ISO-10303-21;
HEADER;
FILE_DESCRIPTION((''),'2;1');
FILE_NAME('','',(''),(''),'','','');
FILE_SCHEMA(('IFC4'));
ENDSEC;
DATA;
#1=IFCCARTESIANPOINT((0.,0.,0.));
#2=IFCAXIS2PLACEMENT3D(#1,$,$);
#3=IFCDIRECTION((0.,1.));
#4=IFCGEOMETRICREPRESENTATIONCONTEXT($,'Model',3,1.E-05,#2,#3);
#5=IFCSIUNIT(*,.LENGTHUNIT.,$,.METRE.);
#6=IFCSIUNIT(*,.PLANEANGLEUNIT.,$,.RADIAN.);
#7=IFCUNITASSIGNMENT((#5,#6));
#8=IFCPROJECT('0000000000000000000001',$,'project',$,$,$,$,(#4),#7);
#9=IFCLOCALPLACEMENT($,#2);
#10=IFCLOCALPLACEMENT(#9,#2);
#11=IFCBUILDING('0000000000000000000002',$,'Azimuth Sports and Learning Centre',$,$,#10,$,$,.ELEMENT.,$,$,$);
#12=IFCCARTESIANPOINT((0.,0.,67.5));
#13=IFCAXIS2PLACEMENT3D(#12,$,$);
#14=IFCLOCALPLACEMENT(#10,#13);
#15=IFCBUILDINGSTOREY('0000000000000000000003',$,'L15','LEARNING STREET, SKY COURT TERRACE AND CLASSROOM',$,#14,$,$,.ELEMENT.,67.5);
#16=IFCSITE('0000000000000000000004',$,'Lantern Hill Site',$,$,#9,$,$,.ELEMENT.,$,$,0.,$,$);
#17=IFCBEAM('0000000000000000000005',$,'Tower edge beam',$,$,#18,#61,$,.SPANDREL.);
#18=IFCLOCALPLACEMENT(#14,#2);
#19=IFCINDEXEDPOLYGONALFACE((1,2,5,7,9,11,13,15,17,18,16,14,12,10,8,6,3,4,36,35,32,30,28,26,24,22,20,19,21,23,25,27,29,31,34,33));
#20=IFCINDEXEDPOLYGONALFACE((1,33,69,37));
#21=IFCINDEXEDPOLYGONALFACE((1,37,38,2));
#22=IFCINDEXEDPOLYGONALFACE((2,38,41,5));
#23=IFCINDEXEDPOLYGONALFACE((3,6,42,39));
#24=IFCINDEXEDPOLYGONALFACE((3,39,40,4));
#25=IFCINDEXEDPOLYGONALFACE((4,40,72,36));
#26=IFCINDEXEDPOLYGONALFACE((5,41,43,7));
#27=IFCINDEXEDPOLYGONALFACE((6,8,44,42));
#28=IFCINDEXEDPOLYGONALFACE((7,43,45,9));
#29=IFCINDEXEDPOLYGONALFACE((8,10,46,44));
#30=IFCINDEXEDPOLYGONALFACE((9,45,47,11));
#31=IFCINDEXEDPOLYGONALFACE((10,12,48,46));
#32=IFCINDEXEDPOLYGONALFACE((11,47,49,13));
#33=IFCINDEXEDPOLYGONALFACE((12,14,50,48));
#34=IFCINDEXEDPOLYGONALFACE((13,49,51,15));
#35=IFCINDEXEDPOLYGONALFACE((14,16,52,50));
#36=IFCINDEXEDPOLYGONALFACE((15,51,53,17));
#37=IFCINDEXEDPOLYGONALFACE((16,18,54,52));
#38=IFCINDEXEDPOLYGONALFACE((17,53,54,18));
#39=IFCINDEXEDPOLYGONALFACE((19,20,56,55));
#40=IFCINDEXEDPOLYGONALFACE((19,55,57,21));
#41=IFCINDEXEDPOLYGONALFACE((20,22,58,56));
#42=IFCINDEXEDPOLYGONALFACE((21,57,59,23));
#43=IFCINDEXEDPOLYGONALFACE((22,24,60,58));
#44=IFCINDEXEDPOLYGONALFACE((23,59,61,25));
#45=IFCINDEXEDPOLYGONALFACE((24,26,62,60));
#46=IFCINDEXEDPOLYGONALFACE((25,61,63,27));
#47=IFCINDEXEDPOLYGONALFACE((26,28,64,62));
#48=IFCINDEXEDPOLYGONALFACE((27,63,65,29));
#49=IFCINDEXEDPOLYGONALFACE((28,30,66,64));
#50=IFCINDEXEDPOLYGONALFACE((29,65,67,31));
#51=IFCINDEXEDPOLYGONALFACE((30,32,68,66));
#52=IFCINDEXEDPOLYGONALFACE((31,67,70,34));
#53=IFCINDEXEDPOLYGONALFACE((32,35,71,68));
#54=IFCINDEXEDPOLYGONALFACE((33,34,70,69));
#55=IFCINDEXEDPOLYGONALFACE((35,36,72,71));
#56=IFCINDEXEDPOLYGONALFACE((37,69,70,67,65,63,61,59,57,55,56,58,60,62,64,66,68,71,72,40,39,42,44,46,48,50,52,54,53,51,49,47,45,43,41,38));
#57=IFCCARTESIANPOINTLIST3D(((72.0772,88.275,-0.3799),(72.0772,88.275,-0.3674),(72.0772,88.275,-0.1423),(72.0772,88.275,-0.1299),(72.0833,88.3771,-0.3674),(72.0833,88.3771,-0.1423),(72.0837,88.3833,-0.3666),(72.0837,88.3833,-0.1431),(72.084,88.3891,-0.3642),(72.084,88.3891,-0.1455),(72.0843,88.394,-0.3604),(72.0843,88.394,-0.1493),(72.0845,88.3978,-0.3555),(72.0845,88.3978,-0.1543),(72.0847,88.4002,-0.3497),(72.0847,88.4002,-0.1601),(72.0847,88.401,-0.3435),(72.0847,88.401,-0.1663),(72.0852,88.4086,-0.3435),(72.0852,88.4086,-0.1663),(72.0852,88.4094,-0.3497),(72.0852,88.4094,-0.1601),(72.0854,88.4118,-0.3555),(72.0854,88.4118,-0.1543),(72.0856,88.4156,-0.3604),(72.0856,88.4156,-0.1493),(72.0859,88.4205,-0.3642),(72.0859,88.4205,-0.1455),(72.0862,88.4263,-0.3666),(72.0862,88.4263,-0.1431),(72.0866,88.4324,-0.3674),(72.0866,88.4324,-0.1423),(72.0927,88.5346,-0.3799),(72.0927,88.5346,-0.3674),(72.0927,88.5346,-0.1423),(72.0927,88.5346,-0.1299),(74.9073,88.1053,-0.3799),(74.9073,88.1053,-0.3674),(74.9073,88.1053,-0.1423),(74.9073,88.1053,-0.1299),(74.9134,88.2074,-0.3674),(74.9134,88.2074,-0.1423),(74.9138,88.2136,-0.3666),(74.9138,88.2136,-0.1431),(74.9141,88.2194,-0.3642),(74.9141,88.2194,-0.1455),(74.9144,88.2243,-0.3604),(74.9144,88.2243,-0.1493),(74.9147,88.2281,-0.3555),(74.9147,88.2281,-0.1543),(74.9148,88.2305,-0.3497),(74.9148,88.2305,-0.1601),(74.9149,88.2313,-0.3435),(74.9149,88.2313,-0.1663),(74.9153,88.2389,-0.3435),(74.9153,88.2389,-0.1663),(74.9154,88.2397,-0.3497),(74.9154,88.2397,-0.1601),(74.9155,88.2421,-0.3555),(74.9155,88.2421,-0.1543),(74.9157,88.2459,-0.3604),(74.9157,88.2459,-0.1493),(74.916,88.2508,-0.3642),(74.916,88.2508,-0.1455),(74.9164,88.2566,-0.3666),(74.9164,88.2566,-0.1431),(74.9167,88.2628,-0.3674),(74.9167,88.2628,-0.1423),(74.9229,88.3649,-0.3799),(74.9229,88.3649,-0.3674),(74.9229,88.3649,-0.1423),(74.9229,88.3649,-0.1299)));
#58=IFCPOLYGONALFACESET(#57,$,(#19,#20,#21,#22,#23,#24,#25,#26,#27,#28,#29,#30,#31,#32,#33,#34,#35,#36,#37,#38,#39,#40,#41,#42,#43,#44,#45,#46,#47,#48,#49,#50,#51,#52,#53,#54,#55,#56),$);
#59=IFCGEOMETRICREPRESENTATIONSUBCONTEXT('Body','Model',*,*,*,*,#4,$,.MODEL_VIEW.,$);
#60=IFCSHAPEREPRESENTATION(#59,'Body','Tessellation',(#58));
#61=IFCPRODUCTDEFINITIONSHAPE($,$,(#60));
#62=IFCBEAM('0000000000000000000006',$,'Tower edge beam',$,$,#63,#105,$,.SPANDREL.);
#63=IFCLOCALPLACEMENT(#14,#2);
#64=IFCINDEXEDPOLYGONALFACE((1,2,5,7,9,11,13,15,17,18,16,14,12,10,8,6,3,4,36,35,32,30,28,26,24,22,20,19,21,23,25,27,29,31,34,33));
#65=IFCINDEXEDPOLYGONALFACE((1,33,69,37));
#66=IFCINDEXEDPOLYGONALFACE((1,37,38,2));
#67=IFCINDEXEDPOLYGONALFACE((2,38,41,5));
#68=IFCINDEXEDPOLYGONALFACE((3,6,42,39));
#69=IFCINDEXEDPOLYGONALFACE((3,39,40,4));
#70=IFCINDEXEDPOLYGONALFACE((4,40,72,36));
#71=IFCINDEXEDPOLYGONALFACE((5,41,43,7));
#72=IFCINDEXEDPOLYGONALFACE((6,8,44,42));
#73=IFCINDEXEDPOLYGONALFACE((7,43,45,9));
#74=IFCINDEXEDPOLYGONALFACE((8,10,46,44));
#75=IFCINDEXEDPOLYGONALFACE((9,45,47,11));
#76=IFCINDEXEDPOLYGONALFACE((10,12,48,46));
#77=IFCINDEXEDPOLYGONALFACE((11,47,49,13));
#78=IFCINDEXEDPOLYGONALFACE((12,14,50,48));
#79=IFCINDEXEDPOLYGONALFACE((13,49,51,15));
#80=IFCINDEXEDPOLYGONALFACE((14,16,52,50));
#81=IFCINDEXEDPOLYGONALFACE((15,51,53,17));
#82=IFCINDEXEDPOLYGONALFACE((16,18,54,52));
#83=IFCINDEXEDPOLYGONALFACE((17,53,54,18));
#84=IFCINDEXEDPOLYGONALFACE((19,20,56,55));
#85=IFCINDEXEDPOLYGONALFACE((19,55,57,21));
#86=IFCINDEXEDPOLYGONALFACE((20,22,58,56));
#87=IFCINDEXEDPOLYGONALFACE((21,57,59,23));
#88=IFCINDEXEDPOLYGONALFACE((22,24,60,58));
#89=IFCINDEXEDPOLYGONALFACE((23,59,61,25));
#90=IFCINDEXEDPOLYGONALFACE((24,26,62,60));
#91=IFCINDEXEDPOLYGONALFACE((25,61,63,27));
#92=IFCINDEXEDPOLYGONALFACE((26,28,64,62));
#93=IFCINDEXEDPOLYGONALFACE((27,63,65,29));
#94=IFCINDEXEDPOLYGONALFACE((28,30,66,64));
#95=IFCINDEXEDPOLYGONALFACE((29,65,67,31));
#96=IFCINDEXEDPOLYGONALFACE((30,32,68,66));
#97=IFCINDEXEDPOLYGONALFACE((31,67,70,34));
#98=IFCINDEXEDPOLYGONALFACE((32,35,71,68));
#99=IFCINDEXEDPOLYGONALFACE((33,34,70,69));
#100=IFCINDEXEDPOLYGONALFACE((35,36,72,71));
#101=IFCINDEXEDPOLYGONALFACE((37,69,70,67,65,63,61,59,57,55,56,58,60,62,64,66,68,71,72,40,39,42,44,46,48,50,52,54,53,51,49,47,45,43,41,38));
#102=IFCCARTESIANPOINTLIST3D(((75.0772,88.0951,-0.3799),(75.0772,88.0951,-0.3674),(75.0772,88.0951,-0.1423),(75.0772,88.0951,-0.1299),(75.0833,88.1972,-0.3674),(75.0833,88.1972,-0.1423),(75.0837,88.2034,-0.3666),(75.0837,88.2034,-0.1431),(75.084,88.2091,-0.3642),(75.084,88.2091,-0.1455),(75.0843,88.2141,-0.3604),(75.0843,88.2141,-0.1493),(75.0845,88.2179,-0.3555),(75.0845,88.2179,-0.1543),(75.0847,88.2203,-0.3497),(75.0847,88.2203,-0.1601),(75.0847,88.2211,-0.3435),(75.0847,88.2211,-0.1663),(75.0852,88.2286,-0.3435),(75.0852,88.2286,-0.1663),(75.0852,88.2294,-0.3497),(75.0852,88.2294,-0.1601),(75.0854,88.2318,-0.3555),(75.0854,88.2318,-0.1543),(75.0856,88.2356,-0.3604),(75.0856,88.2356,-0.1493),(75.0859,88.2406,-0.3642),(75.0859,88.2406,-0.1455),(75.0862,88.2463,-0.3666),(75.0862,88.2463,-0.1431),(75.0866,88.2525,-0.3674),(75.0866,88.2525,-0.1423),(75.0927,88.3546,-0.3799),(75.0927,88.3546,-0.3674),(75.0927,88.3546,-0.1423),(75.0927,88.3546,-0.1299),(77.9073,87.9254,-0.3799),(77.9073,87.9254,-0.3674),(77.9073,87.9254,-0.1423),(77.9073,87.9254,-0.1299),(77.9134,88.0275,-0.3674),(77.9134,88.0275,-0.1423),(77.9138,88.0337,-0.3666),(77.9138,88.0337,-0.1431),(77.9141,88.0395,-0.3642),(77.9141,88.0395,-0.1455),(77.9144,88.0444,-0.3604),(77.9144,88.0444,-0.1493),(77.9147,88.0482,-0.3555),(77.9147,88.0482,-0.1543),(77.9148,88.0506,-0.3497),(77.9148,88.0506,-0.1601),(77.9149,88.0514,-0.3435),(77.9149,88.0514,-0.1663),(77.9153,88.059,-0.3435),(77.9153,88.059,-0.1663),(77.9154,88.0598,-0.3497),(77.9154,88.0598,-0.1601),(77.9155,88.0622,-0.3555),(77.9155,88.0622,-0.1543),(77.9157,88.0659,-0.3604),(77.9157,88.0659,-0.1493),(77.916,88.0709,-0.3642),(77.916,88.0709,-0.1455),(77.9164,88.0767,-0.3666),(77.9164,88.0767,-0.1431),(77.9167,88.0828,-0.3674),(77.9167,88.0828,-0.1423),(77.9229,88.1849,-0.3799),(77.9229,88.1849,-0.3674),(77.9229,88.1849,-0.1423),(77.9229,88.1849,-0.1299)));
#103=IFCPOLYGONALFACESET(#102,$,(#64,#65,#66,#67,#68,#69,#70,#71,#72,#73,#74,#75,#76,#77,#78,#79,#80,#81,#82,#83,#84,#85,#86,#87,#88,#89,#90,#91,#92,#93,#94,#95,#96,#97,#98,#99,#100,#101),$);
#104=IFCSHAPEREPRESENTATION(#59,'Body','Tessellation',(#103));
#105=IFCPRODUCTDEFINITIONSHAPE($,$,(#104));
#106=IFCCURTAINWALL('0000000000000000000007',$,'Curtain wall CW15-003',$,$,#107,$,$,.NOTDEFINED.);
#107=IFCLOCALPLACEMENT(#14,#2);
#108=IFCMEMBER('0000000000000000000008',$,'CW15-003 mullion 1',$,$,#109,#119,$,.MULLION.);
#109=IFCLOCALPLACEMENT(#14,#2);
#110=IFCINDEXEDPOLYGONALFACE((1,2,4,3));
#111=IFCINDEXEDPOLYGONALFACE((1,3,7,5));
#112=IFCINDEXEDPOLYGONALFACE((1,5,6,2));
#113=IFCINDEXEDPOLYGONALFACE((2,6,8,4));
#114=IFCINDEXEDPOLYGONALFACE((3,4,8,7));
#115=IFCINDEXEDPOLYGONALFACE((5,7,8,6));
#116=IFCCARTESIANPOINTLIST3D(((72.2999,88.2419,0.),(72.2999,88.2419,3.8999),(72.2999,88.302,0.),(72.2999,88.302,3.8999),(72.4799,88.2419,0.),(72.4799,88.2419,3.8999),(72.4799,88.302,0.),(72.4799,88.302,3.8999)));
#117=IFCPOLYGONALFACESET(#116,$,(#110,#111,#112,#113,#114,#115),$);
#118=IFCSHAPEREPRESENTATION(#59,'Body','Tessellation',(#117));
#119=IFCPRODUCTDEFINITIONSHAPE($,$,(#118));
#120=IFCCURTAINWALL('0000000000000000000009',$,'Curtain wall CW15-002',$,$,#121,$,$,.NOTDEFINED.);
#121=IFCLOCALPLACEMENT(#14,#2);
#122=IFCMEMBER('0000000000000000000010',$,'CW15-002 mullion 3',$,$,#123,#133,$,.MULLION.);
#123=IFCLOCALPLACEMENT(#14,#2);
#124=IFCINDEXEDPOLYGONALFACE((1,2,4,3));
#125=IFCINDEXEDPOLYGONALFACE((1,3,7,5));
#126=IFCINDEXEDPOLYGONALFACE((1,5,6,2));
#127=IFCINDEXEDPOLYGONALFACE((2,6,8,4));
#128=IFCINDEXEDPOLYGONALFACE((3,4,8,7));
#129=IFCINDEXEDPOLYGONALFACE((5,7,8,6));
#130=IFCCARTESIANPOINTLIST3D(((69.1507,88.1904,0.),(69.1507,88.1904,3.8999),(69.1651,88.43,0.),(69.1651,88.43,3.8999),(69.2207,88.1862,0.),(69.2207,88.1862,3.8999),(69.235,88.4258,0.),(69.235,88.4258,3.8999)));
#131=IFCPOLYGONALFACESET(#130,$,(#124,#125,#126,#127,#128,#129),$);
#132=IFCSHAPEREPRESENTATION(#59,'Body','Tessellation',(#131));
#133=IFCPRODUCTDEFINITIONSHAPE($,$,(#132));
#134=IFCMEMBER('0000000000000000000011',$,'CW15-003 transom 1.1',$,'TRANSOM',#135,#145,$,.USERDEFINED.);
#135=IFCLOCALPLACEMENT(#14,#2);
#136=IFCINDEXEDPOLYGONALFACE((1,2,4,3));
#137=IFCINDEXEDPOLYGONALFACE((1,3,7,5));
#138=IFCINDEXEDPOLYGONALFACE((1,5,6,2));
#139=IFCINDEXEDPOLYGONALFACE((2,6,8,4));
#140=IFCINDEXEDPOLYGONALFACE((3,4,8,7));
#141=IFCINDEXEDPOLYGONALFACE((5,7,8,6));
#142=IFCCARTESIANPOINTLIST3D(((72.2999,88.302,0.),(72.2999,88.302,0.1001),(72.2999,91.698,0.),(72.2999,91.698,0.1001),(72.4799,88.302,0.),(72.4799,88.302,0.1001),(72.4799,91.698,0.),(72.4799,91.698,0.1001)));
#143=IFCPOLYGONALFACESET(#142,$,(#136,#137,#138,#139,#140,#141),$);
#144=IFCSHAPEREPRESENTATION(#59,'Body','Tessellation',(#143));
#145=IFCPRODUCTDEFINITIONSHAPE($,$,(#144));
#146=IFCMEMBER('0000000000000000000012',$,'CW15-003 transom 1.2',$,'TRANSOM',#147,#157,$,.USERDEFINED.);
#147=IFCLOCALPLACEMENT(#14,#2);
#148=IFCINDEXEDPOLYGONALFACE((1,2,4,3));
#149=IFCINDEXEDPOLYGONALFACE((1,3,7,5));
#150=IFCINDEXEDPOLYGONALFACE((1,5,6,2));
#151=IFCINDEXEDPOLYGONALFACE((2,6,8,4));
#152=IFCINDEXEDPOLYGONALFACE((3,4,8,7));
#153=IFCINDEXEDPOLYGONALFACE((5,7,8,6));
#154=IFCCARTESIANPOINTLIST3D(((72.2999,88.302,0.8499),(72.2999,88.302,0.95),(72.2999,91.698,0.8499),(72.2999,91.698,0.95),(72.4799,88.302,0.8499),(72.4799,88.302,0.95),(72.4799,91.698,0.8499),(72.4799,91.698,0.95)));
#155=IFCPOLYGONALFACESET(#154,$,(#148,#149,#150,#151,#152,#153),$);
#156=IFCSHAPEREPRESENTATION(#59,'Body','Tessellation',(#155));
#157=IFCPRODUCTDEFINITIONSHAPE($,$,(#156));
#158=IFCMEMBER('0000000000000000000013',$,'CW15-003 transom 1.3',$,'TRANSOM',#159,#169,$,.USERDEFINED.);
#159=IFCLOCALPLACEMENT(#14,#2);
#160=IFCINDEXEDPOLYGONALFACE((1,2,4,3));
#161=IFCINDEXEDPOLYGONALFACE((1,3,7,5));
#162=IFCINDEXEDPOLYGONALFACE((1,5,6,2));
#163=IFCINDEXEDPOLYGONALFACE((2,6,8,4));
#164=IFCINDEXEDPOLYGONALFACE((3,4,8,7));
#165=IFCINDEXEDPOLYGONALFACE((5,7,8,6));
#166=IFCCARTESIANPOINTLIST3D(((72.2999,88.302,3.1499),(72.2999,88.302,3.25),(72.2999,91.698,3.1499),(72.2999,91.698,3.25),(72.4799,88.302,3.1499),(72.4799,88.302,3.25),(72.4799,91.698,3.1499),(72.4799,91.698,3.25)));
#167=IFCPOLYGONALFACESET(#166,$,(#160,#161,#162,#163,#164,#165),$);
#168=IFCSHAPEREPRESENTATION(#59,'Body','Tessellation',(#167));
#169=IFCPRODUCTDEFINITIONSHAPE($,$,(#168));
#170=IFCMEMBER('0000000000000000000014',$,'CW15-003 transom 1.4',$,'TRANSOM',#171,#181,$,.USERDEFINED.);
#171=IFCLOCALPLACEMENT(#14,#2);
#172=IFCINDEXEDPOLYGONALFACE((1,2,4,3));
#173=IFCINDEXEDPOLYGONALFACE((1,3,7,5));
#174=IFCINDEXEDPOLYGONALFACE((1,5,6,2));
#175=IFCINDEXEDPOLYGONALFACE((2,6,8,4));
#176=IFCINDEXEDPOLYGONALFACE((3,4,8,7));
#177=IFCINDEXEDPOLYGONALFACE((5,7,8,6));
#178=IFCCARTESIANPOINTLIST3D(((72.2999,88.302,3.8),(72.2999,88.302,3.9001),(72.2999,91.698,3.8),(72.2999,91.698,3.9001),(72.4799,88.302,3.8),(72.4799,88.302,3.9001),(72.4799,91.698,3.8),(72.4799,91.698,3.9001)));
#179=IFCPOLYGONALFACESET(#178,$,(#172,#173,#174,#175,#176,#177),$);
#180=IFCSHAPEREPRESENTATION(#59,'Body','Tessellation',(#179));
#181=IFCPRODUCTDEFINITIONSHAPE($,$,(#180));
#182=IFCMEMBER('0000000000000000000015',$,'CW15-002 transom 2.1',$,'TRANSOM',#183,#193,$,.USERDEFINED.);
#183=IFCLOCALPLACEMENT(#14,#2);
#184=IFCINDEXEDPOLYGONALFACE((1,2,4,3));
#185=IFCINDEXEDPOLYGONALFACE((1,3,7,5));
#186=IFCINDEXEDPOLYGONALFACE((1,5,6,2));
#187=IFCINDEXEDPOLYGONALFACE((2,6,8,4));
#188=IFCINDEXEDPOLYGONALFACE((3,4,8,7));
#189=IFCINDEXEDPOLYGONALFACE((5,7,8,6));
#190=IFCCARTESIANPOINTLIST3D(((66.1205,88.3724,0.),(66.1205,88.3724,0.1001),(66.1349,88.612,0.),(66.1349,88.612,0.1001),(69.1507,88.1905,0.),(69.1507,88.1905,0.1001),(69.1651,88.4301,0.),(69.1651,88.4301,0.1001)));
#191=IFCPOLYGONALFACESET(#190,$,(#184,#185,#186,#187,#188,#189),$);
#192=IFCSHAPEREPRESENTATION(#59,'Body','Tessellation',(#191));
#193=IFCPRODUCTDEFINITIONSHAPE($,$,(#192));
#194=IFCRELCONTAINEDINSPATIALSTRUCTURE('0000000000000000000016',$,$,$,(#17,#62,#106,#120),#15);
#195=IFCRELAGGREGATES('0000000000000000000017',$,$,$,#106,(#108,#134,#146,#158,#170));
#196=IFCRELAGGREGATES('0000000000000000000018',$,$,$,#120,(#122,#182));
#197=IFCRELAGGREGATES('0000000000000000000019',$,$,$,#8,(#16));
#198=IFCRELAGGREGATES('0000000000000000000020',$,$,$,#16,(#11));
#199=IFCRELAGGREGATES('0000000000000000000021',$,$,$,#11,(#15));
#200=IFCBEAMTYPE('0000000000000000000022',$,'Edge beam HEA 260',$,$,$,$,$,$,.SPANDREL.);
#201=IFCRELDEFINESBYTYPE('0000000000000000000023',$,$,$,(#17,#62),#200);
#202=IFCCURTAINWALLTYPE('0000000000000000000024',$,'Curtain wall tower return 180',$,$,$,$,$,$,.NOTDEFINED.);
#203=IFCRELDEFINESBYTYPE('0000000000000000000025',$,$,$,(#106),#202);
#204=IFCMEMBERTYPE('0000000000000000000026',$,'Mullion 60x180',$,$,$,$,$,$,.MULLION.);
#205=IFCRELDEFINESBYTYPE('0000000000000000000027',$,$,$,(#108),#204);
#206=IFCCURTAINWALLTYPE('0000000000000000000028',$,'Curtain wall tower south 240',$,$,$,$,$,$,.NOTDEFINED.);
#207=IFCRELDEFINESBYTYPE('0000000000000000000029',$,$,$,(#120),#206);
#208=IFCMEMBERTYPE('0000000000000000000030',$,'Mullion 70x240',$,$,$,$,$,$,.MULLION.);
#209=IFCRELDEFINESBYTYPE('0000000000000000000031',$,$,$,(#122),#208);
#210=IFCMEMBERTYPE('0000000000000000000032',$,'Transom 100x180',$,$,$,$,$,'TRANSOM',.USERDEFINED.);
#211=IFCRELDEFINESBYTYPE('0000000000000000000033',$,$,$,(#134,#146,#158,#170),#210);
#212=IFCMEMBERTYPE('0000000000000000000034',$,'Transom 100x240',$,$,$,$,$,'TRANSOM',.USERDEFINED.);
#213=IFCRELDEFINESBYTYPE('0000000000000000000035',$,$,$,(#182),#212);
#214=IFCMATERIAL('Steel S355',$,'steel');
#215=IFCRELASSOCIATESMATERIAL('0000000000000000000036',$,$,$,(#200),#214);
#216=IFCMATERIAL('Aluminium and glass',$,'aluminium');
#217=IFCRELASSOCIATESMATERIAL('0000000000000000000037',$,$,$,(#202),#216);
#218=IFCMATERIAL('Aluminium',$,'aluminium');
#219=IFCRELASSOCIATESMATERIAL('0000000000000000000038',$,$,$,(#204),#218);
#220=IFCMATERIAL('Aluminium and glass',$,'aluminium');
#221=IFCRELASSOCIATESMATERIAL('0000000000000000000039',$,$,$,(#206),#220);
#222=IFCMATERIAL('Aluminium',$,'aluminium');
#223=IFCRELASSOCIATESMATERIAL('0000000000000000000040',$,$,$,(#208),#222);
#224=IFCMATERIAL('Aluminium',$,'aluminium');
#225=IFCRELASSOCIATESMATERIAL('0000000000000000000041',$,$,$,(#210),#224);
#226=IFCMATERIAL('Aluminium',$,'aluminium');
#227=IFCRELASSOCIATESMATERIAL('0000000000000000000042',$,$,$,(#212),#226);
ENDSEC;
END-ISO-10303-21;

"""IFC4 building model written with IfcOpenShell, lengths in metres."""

from ifc_helpers import new_model, si_unit, direction, frame, origin, origin_2d, place, context, subcontext, project, spatial, rectangle, i_section, extrude, material, material_profile, profile_set, type_object, element, aggregate, save


model = new_model("IFC4")

# Units and contexts
model_context = context("Model", 3, precision=1e-05, world=origin(), true_north=direction((0.0, 1.0)))
body_context = subcontext(model_context, "Body", "Model", "MODEL_VIEW")
ifc_project = project(units=[si_unit("LENGTHUNIT", "METRE"), si_unit("PLANEANGLEUNIT", "RADIAN")], contexts=[model_context])

# Site, building, storey
site_placement = place(None, origin())
site = spatial("IfcSite", under=ifc_project, at=site_placement, Name="Lantern Hill Site", CompositionType="ELEMENT", RefElevation=0.0)
building_placement = place(site_placement, origin())
building = spatial("IfcBuilding", under=site, at=building_placement, Name="Azimuth Sports and Learning Centre", CompositionType="ELEMENT")
storey_placement = place(building_placement, frame((0.0, 0.0, 67.5)))
storey = spatial("IfcBuildingStorey", under=building, at=storey_placement, Name="L15", Description="LEARNING STREET, SKY COURT TERRACE AND CLASSROOM", CompositionType="ELEMENT", Elevation=67.5)

# Beams
ifc_material_1 = material(Name="Steel S355", Category="steel")
ifc_material_profile_1 = material_profile(ifc_material_1, i_section(OverallWidth=0.26, OverallDepth=0.25, WebThickness=0.0076, FlangeThickness=0.0125, FilletRadius=0.0239, at=origin_2d()), Name="HEA 260")
ifc_profile_set_1 = profile_set([ifc_material_profile_1], Name="Steel S355")
beam_type = type_object("IfcBeamType", Name="Edge beam HEA 260", PredefinedType="SPANDREL", material=ifc_profile_set_1)
for number, where, z_axis, x_axis, name in (
    (1, (72.085, 88.4048, -0.2549), (0.998208, -0.059848, 0.0), (0.059848, 0.998208, 0.0), "Tower edge beam"),
    (2, (75.085, 88.2249, -0.2549), (0.998208, -0.059848, 0.0), (0.059848, 0.998208, 0.0), "Tower edge beam"),
):
    element("IfcBeam", number, at=place(storey_placement, frame(where, z_axis=z_axis, x_axis=x_axis)), inside=storey, type_object=beam_type, Name=name, PredefinedType="SPANDREL", context=body_context, shape_type="SweptSolid", body=[
        extrude(i_section(OverallWidth=0.26, OverallDepth=0.25, WebThickness=0.0076, FlangeThickness=0.0125, FilletRadius=0.0239, at=origin_2d()), origin(), (0.0, 0.0, 1.0), 2.8352),
    ])

# Curtain walls, members
ifc_material_2 = material(Name="Aluminium and glass", Category="aluminium")
curtain_wall_type_1 = type_object("IfcCurtainWallType", Name="Curtain wall tower return 180", PredefinedType="NOTDEFINED", material=ifc_material_2)
curtain_wall_1_placement = place(storey_placement, origin())
curtain_wall_1 = element("IfcCurtainWall", 3, at=curtain_wall_1_placement, inside=storey, type_object=curtain_wall_type_1, Name="Curtain wall CW15-003", PredefinedType="NOTDEFINED")
ifc_material_3 = material(Name="Aluminium", Category="aluminium")
ifc_material_profile_2 = material_profile(ifc_material_3, rectangle(XDim=0.1799, YDim=0.0601, at=origin_2d()), Name="Mullion 60x180")
ifc_profile_set_2 = profile_set([ifc_material_profile_2], Name="Aluminium")
member_type_1 = type_object("IfcMemberType", Name="Mullion 60x180", PredefinedType="MULLION", material=ifc_profile_set_2)
member_1_placement = place(storey_placement, frame((72.3899, 88.272, 0.0), z_axis=(0.0, 0.0, 1.0), x_axis=(-1.0, 0.0, 0.0)))
member_1 = element("IfcMember", 4, at=member_1_placement, type_object=member_type_1, Name="CW15-003 mullion 1", PredefinedType="MULLION", context=body_context, shape_type="SweptSolid", body=[
    extrude(rectangle(XDim=0.1799, YDim=0.0601, at=origin_2d()), origin(), (0.0, 0.0, 1.0), 3.8999),
])
ifc_material_4 = material(Name="Aluminium and glass", Category="aluminium")
curtain_wall_type_2 = type_object("IfcCurtainWallType", Name="Curtain wall tower south 240", PredefinedType="NOTDEFINED", material=ifc_material_4)
curtain_wall_2_placement = place(storey_placement, origin())
curtain_wall_2 = element("IfcCurtainWall", 5, at=curtain_wall_2_placement, inside=storey, type_object=curtain_wall_type_2, Name="Curtain wall CW15-002", PredefinedType="NOTDEFINED")
ifc_material_5 = material(Name="Aluminium", Category="aluminium")
ifc_material_profile_3 = material_profile(ifc_material_5, rectangle(XDim=0.24, YDim=0.0701, at=origin_2d()), Name="Mullion 70x240")
ifc_profile_set_3 = profile_set([ifc_material_profile_3], Name="Aluminium")
member_type_2 = type_object("IfcMemberType", Name="Mullion 70x240", PredefinedType="MULLION", material=ifc_profile_set_3)
member_2_placement = place(storey_placement, frame((69.1929, 88.3081, 0.0), z_axis=(0.0, 0.0, 1.0), x_axis=(0.059892, 0.998205, 0.0)))
member_2 = element("IfcMember", 6, at=member_2_placement, type_object=member_type_2, Name="CW15-002 mullion 3", PredefinedType="MULLION", context=body_context, shape_type="SweptSolid", body=[
    extrude(rectangle(XDim=0.24, YDim=0.0701, at=origin_2d()), origin(), (0.0, 0.0, 1.0), 3.8999),
])

# Members
ifc_material_6 = material(Name="Aluminium", Category="aluminium")
ifc_material_profile_4 = material_profile(ifc_material_6, rectangle(XDim=0.1799, YDim=0.1001, at=origin_2d()), Name="Transom 100x180")
ifc_profile_set_4 = profile_set([ifc_material_profile_4], Name="Aluminium")
member_type_3 = type_object("IfcMemberType", Name="Transom 100x180", ElementType="TRANSOM", PredefinedType="USERDEFINED", material=ifc_profile_set_4)
member_3_placement = place(storey_placement, frame((72.3899, 88.302, 0.05), z_axis=(0.0, 1.0, 0.0), x_axis=(-1.0, 0.0, 0.0)))
member_3 = element("IfcMember", 7, at=member_3_placement, type_object=member_type_3, Name="CW15-003 transom 1.1", ObjectType="TRANSOM", PredefinedType="USERDEFINED", context=body_context, shape_type="SweptSolid", body=[
    extrude(rectangle(XDim=0.1799, YDim=0.1001, at=origin_2d()), origin(), (0.0, 0.0, 1.0), 3.396),
])
member_4_placement = place(storey_placement, frame((72.3899, 88.302, 0.8999), z_axis=(0.0, 1.0, 0.0), x_axis=(-1.0, 0.0, 0.0)))
member_4 = element("IfcMember", 8, at=member_4_placement, type_object=member_type_3, Name="CW15-003 transom 1.2", ObjectType="TRANSOM", PredefinedType="USERDEFINED", context=body_context, shape_type="SweptSolid", body=[
    extrude(rectangle(XDim=0.1799, YDim=0.1001, at=origin_2d()), origin(), (0.0, 0.0, 1.0), 3.396),
])
member_5_placement = place(storey_placement, frame((72.3899, 88.302, 3.2), z_axis=(0.0, 1.0, 0.0), x_axis=(-1.0, 0.0, 0.0)))
member_5 = element("IfcMember", 9, at=member_5_placement, type_object=member_type_3, Name="CW15-003 transom 1.3", ObjectType="TRANSOM", PredefinedType="USERDEFINED", context=body_context, shape_type="SweptSolid", body=[
    extrude(rectangle(XDim=0.1799, YDim=0.1001, at=origin_2d()), origin(), (0.0, 0.0, 1.0), 3.396),
])
member_6_placement = place(storey_placement, frame((72.3899, 88.302, 3.8501), z_axis=(0.0, 1.0, 0.0), x_axis=(-1.0, 0.0, 0.0)))
member_6 = element("IfcMember", 10, at=member_6_placement, type_object=member_type_3, Name="CW15-003 transom 1.4", ObjectType="TRANSOM", PredefinedType="USERDEFINED", context=body_context, shape_type="SweptSolid", body=[
    extrude(rectangle(XDim=0.1799, YDim=0.1001, at=origin_2d()), origin(), (0.0, 0.0, 1.0), 3.396),
])
aggregate(curtain_wall_1, [member_1, member_3, member_4, member_5, member_6])
ifc_material_7 = material(Name="Aluminium", Category="aluminium")
ifc_material_profile_5 = material_profile(ifc_material_7, rectangle(XDim=0.24, YDim=0.1001, at=origin_2d()), Name="Transom 100x240")
ifc_profile_set_5 = profile_set([ifc_material_profile_5], Name="Aluminium")
member_type_4 = type_object("IfcMemberType", Name="Transom 100x240", ElementType="TRANSOM", PredefinedType="USERDEFINED", material=ifc_profile_set_5)
member_7_placement = place(storey_placement, frame((66.1277, 88.4922, 0.05), z_axis=(0.998203, -0.059915, 0.0), x_axis=(0.059915, 0.998203, 0.0)))
member_7 = element("IfcMember", 11, at=member_7_placement, type_object=member_type_4, Name="CW15-002 transom 2.1", ObjectType="TRANSOM", PredefinedType="USERDEFINED", context=body_context, shape_type="SweptSolid", body=[
    extrude(rectangle(XDim=0.24, YDim=0.1001, at=origin_2d()), origin(), (0.0, 0.0, 1.0), 3.0356),
])

aggregate(curtain_wall_2, [member_2, member_7])

save(model, "model.ifc")
